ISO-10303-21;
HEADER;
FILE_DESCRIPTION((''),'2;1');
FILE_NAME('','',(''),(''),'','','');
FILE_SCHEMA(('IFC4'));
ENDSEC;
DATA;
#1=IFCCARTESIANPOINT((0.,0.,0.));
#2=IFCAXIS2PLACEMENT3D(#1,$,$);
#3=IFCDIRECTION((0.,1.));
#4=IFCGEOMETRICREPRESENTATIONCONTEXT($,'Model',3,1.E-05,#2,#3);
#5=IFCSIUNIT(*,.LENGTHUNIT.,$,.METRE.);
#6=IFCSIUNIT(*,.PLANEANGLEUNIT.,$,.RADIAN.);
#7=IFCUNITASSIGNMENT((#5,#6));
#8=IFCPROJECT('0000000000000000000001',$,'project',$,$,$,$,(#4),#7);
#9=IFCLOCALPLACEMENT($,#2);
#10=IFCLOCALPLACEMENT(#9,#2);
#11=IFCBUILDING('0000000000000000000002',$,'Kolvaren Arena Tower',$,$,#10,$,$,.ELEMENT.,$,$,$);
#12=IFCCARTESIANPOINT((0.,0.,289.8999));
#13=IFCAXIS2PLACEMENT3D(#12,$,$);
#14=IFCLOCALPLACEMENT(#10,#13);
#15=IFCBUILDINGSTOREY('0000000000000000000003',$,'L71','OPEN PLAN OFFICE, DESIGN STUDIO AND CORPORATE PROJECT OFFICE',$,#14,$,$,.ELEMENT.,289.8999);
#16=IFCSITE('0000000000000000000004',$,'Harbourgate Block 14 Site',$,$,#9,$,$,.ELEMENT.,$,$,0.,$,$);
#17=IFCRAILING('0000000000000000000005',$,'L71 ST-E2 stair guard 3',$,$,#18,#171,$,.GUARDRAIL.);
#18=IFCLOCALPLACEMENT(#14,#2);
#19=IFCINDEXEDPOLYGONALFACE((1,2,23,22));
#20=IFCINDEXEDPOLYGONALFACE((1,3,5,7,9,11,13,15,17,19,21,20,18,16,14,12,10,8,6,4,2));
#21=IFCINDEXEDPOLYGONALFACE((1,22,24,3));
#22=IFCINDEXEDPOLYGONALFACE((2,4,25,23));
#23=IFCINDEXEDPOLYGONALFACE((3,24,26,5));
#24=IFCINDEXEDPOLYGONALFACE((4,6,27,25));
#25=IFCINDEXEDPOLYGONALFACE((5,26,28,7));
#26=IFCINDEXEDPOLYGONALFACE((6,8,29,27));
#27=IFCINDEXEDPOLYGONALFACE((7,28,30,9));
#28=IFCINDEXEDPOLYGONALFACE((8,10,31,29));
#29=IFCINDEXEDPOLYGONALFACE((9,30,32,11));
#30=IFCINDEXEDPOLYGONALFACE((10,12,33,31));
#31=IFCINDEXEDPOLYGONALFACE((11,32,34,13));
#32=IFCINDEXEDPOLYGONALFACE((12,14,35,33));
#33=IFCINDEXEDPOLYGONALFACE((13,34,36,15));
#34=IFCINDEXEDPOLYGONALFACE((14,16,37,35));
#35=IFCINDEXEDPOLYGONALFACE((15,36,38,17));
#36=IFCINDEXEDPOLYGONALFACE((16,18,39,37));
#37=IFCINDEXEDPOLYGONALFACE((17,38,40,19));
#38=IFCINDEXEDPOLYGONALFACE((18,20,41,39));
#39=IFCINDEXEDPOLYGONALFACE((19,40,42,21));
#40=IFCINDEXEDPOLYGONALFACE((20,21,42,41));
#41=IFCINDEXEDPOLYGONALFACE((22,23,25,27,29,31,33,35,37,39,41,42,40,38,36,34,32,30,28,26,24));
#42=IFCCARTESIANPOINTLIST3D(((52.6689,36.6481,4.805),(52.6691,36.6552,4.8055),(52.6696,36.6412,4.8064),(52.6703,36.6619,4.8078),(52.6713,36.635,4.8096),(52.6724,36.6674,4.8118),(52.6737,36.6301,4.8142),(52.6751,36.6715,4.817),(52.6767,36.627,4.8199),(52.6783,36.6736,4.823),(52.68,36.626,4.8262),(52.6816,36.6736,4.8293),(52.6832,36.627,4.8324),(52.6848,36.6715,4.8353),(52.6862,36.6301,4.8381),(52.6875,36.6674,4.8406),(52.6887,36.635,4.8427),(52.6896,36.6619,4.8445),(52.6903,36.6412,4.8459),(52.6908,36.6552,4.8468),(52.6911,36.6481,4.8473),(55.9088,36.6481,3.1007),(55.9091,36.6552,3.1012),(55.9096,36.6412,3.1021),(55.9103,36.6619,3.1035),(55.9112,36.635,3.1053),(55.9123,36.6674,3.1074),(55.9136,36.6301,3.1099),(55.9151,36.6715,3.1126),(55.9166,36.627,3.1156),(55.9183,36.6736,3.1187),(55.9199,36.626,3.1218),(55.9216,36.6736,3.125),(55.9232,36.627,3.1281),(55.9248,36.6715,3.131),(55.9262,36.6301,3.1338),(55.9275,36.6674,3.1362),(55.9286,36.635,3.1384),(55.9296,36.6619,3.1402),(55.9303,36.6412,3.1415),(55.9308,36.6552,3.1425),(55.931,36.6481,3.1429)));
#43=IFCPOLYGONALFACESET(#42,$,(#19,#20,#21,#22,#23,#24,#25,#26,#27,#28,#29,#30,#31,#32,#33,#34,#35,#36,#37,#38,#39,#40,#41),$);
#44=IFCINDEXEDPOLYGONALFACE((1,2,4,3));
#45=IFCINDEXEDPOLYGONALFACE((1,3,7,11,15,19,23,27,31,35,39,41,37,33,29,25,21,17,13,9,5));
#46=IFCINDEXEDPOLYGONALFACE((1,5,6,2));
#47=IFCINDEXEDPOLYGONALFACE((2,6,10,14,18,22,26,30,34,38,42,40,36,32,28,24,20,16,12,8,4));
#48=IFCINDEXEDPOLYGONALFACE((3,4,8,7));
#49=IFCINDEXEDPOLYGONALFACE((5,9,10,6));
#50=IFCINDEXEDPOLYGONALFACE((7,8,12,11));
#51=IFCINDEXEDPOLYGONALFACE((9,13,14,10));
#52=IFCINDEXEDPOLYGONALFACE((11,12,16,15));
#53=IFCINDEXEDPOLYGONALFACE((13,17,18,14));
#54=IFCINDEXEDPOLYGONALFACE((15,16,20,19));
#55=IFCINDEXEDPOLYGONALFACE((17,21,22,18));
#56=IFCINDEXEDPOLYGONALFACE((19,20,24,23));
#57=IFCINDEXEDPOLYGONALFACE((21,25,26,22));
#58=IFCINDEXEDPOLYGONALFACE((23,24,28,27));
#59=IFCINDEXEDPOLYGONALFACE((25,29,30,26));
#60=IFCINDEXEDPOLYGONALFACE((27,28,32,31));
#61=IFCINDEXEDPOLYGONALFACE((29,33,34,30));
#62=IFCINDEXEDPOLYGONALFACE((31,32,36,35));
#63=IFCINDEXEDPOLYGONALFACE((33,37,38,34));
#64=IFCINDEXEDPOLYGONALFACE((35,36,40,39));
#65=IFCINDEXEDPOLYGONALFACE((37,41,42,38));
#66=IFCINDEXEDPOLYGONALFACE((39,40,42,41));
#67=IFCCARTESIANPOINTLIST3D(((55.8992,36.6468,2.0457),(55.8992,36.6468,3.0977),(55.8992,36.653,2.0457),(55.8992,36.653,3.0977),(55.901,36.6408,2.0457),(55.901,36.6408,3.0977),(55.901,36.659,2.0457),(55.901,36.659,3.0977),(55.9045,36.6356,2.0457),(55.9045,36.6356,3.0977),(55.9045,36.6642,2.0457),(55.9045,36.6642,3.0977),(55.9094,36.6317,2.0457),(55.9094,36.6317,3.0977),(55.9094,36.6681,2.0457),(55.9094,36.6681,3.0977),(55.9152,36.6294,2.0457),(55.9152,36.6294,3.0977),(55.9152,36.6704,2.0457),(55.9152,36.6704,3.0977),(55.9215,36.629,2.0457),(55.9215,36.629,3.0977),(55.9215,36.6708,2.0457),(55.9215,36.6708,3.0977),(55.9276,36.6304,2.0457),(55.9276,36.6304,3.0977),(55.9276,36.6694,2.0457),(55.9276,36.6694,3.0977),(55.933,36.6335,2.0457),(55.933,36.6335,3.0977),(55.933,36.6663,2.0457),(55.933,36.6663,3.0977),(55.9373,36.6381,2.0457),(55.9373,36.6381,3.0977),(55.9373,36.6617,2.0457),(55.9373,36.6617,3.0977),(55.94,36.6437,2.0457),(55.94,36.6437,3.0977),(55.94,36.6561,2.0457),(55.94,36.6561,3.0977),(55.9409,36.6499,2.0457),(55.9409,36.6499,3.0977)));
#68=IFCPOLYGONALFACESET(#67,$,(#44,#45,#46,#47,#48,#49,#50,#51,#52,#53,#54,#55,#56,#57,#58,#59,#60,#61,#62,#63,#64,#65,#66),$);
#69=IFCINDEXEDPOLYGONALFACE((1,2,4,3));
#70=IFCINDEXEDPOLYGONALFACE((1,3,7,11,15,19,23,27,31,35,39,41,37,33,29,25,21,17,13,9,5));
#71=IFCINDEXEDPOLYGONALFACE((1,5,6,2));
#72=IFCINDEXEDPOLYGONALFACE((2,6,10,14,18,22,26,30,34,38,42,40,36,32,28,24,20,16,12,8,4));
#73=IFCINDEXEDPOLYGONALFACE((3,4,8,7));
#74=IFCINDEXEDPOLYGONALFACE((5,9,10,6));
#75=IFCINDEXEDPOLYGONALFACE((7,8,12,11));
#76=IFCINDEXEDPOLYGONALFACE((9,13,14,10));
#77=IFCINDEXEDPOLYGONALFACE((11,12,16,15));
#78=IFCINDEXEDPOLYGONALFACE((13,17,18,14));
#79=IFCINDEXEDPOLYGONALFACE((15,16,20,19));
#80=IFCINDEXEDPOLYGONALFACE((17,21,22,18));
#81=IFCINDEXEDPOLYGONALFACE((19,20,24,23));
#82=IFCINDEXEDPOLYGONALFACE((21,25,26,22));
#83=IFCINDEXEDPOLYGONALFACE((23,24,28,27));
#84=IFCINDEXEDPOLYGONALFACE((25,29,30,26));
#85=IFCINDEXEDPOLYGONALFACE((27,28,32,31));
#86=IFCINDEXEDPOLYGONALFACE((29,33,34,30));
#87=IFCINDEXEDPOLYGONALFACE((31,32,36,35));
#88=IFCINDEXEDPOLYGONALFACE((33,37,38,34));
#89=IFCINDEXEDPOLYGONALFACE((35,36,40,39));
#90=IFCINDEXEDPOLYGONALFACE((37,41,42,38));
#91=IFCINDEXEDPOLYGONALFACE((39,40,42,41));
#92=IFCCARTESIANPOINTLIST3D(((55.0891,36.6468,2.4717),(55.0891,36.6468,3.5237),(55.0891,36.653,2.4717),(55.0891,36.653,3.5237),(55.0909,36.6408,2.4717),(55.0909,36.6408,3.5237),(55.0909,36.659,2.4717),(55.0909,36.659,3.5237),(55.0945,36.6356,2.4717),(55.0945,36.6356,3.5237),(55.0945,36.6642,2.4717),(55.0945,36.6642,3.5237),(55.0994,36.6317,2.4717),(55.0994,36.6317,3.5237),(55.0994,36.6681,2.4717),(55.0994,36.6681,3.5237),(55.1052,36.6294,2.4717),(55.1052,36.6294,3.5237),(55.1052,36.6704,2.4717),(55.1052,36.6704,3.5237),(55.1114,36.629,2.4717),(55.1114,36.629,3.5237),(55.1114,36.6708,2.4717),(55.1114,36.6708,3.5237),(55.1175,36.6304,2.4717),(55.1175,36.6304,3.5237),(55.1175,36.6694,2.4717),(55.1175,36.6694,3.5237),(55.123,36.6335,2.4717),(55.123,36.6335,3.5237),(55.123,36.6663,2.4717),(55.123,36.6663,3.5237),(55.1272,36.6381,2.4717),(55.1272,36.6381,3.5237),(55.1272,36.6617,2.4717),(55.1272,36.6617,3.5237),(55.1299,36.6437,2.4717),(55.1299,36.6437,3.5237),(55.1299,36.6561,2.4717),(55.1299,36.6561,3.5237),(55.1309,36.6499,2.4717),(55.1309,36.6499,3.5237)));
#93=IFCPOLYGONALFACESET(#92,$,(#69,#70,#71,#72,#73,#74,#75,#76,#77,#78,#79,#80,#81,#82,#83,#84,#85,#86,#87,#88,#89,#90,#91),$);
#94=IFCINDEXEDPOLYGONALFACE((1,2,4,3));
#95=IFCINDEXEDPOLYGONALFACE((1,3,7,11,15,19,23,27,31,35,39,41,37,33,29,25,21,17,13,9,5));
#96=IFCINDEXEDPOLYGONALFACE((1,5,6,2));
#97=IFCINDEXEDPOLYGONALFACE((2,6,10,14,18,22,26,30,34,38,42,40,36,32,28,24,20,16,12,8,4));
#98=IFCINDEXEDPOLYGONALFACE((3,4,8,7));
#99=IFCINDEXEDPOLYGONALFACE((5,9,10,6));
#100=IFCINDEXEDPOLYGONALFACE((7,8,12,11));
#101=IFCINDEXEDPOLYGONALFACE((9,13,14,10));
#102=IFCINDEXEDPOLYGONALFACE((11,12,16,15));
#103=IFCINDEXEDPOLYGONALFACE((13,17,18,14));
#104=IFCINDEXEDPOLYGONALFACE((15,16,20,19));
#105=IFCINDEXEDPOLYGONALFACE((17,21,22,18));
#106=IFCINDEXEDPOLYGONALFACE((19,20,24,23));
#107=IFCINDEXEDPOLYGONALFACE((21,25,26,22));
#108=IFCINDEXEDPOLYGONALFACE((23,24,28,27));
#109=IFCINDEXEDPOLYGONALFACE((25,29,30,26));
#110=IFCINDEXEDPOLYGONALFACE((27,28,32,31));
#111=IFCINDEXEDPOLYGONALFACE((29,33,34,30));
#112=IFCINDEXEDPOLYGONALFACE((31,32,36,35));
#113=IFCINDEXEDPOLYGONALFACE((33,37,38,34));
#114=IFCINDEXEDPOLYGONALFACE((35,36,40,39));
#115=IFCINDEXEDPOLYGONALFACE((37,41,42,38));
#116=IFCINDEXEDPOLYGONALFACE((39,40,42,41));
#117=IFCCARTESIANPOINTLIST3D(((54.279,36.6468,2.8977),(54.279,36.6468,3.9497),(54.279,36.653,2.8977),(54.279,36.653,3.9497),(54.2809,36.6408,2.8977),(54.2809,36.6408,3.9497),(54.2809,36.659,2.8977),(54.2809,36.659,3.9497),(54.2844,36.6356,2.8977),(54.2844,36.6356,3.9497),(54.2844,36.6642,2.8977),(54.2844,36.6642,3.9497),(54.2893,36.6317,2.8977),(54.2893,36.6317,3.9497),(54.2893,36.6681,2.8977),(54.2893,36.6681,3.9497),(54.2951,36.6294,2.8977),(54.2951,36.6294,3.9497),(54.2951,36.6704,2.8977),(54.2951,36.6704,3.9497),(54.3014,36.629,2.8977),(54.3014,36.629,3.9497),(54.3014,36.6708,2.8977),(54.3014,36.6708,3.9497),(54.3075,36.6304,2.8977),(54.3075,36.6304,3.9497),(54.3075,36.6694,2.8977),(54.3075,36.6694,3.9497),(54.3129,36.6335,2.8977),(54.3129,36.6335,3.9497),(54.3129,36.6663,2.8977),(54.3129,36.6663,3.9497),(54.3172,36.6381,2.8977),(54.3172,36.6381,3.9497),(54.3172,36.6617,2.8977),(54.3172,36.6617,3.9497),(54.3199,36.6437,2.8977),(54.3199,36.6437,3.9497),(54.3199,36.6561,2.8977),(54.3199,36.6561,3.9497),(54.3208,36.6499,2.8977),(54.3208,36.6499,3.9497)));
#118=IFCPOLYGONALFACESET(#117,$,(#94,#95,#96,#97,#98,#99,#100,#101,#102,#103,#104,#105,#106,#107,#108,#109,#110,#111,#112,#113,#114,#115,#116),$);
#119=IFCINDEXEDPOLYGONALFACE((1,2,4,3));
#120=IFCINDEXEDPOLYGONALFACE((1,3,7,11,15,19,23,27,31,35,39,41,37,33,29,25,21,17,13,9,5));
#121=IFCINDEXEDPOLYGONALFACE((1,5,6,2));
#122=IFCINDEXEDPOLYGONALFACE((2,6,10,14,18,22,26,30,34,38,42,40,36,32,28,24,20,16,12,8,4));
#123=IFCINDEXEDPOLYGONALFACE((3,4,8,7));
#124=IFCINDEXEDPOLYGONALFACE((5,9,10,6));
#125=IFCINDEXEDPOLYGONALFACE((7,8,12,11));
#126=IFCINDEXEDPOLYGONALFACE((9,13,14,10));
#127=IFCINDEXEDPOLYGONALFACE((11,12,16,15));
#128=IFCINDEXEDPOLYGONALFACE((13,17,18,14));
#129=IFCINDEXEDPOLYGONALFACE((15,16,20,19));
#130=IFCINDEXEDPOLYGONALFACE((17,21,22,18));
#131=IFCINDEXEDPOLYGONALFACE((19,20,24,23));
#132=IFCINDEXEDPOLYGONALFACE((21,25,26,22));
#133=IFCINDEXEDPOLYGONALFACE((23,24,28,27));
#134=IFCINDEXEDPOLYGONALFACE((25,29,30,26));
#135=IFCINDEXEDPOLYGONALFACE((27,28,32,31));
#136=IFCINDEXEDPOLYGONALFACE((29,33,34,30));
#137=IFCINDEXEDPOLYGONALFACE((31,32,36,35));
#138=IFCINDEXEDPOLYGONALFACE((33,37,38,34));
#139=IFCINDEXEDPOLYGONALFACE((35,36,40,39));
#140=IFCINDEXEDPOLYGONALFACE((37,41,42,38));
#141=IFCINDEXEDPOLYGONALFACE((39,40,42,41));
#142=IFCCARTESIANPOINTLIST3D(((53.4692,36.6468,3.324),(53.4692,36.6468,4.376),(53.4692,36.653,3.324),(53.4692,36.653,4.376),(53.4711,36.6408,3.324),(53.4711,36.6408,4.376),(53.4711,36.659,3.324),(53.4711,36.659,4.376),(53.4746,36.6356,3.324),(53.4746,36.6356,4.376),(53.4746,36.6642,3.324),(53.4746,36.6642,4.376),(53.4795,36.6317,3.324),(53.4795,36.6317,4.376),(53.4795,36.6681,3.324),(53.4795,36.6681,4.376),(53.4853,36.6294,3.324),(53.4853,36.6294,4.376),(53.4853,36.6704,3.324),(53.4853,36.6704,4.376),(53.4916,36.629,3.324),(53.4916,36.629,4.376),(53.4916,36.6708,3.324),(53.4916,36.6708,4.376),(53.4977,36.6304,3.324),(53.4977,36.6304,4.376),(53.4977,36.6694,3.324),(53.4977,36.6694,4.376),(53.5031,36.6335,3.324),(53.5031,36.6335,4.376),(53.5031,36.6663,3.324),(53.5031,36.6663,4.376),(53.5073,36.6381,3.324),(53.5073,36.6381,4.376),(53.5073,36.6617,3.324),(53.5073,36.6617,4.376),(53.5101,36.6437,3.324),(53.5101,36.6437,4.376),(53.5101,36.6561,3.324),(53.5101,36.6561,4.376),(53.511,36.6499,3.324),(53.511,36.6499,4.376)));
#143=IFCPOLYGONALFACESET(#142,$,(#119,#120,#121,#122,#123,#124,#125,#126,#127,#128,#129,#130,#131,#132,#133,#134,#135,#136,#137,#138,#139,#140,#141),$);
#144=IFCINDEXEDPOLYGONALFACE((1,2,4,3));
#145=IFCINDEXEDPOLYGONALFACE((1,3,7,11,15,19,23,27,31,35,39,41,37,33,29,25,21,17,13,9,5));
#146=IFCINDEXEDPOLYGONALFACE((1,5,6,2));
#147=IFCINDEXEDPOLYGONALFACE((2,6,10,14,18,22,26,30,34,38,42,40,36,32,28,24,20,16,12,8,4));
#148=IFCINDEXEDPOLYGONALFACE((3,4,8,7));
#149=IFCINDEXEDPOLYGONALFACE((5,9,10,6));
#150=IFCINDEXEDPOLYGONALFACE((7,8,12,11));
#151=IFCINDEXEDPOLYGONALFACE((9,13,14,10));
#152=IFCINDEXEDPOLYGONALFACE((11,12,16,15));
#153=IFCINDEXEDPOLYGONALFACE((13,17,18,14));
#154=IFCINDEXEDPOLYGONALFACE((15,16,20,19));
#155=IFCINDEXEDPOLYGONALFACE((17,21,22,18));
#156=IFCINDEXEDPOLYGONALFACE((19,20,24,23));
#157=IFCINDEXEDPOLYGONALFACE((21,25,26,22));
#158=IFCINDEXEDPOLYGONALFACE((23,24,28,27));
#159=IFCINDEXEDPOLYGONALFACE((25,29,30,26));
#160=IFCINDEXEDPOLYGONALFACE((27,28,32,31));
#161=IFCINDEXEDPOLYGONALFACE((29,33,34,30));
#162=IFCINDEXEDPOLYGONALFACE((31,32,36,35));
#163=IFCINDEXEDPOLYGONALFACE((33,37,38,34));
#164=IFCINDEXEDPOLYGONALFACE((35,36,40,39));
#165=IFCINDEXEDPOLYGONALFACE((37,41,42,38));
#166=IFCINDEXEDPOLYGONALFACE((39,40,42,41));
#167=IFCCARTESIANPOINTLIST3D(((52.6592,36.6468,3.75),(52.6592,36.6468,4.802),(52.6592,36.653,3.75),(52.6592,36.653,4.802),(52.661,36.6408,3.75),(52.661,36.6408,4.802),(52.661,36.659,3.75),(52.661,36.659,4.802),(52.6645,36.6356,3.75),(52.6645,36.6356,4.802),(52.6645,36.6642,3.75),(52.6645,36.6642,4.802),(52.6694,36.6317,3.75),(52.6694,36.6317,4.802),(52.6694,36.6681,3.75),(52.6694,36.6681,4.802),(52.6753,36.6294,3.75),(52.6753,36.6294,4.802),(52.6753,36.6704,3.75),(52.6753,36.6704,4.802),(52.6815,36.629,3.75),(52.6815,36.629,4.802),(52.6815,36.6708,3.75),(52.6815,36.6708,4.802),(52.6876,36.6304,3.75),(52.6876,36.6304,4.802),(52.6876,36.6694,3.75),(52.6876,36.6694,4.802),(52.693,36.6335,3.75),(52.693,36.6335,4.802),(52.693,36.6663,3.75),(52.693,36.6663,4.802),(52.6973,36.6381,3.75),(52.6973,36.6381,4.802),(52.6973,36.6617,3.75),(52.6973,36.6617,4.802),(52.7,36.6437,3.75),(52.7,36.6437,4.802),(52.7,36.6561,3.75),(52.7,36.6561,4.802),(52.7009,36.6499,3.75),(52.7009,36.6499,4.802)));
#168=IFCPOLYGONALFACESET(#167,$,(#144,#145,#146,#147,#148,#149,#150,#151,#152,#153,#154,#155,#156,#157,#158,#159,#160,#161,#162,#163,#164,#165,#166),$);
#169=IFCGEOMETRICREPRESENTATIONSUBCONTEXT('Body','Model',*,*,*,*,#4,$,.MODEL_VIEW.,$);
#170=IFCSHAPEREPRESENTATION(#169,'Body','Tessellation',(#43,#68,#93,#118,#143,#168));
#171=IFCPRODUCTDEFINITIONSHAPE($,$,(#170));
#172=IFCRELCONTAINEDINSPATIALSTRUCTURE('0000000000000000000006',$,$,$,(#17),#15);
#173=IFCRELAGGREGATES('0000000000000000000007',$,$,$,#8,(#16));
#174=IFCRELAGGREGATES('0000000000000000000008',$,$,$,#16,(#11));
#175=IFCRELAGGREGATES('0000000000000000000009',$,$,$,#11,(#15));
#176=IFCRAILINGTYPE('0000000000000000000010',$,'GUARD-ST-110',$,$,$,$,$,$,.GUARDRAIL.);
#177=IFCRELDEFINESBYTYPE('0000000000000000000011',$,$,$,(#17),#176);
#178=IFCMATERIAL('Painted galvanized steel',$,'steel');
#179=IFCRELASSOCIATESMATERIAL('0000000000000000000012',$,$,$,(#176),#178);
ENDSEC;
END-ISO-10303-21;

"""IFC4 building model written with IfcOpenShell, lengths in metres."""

from ifc_helpers import new_model, si_unit, direction, frame, origin, origin_2d, place, context, subcontext, project, spatial, circle, extrude, material, type_object, element, save


model = new_model("IFC4")

# Units and contexts
model_context = context("Model", 3, precision=1e-05, world=origin(), true_north=direction((0.0, 1.0)))
body_context = subcontext(model_context, "Body", "Model", "MODEL_VIEW")
ifc_project = project(units=[si_unit("LENGTHUNIT", "METRE"), si_unit("PLANEANGLEUNIT", "RADIAN")], contexts=[model_context])

# Site, building, storey
site_placement = place(None, origin())
site = spatial("IfcSite", under=ifc_project, at=site_placement, Name="Harbourgate Block 14 Site", CompositionType="ELEMENT", RefElevation=0.0)
building_placement = place(site_placement, origin())
building = spatial("IfcBuilding", under=site, at=building_placement, Name="Kolvaren Arena Tower", CompositionType="ELEMENT")
storey_placement = place(building_placement, frame((0.0, 0.0, 289.8999)))
storey = spatial("IfcBuildingStorey", under=building, at=storey_placement, Name="L71", Description="OPEN PLAN OFFICE, DESIGN STUDIO AND CORPORATE PROJECT OFFICE", CompositionType="ELEMENT", Elevation=289.8999)

# Railing
ifc_material_1 = material(Name="Painted galvanized steel", Category="steel")
railing_type_1 = type_object("IfcRailingType", Name="GUARD-ST-110", PredefinedType="GUARDRAIL", material=ifc_material_1)
railing_1_placement = place(storey_placement, frame((55.9199, 36.6499, 2.0457)))
element("IfcRailing", 1, at=railing_1_placement, inside=storey, type_object=railing_type_1, Name="L71 ST-E2 stair guard 3", PredefinedType="GUARDRAIL", context=body_context, shape_type="SweptSolid", body=[
    extrude(circle(Radius=0.0239, at=origin_2d()), frame((0.0, 0.0, 1.0762), z_axis=(-0.885021, 0.0, 0.465551), x_axis=(0.0, -1.0, 0.0)), (0.0, 0.0, 1.0), 3.6609),
    extrude(circle(Radius=0.021, at=origin_2d()), origin(), (0.0, 0.0, 1.0), 1.052),
    extrude(circle(Radius=0.021, at=origin_2d()), frame((-0.8101, 0.0, 0.426)), (0.0, 0.0, 1.0), 1.052),
    extrude(circle(Radius=0.021, at=origin_2d()), frame((-1.6201, 0.0, 0.8521)), (0.0, 0.0, 1.0), 1.052),
    extrude(circle(Radius=0.021, at=origin_2d()), frame((-2.4299, 0.0, 1.2783)), (0.0, 0.0, 1.0), 1.052),
    extrude(circle(Radius=0.021, at=origin_2d()), frame((-3.24, 0.0, 1.7043)), (0.0, 0.0, 1.0), 1.052),
])

save(model, "model.ifc")
